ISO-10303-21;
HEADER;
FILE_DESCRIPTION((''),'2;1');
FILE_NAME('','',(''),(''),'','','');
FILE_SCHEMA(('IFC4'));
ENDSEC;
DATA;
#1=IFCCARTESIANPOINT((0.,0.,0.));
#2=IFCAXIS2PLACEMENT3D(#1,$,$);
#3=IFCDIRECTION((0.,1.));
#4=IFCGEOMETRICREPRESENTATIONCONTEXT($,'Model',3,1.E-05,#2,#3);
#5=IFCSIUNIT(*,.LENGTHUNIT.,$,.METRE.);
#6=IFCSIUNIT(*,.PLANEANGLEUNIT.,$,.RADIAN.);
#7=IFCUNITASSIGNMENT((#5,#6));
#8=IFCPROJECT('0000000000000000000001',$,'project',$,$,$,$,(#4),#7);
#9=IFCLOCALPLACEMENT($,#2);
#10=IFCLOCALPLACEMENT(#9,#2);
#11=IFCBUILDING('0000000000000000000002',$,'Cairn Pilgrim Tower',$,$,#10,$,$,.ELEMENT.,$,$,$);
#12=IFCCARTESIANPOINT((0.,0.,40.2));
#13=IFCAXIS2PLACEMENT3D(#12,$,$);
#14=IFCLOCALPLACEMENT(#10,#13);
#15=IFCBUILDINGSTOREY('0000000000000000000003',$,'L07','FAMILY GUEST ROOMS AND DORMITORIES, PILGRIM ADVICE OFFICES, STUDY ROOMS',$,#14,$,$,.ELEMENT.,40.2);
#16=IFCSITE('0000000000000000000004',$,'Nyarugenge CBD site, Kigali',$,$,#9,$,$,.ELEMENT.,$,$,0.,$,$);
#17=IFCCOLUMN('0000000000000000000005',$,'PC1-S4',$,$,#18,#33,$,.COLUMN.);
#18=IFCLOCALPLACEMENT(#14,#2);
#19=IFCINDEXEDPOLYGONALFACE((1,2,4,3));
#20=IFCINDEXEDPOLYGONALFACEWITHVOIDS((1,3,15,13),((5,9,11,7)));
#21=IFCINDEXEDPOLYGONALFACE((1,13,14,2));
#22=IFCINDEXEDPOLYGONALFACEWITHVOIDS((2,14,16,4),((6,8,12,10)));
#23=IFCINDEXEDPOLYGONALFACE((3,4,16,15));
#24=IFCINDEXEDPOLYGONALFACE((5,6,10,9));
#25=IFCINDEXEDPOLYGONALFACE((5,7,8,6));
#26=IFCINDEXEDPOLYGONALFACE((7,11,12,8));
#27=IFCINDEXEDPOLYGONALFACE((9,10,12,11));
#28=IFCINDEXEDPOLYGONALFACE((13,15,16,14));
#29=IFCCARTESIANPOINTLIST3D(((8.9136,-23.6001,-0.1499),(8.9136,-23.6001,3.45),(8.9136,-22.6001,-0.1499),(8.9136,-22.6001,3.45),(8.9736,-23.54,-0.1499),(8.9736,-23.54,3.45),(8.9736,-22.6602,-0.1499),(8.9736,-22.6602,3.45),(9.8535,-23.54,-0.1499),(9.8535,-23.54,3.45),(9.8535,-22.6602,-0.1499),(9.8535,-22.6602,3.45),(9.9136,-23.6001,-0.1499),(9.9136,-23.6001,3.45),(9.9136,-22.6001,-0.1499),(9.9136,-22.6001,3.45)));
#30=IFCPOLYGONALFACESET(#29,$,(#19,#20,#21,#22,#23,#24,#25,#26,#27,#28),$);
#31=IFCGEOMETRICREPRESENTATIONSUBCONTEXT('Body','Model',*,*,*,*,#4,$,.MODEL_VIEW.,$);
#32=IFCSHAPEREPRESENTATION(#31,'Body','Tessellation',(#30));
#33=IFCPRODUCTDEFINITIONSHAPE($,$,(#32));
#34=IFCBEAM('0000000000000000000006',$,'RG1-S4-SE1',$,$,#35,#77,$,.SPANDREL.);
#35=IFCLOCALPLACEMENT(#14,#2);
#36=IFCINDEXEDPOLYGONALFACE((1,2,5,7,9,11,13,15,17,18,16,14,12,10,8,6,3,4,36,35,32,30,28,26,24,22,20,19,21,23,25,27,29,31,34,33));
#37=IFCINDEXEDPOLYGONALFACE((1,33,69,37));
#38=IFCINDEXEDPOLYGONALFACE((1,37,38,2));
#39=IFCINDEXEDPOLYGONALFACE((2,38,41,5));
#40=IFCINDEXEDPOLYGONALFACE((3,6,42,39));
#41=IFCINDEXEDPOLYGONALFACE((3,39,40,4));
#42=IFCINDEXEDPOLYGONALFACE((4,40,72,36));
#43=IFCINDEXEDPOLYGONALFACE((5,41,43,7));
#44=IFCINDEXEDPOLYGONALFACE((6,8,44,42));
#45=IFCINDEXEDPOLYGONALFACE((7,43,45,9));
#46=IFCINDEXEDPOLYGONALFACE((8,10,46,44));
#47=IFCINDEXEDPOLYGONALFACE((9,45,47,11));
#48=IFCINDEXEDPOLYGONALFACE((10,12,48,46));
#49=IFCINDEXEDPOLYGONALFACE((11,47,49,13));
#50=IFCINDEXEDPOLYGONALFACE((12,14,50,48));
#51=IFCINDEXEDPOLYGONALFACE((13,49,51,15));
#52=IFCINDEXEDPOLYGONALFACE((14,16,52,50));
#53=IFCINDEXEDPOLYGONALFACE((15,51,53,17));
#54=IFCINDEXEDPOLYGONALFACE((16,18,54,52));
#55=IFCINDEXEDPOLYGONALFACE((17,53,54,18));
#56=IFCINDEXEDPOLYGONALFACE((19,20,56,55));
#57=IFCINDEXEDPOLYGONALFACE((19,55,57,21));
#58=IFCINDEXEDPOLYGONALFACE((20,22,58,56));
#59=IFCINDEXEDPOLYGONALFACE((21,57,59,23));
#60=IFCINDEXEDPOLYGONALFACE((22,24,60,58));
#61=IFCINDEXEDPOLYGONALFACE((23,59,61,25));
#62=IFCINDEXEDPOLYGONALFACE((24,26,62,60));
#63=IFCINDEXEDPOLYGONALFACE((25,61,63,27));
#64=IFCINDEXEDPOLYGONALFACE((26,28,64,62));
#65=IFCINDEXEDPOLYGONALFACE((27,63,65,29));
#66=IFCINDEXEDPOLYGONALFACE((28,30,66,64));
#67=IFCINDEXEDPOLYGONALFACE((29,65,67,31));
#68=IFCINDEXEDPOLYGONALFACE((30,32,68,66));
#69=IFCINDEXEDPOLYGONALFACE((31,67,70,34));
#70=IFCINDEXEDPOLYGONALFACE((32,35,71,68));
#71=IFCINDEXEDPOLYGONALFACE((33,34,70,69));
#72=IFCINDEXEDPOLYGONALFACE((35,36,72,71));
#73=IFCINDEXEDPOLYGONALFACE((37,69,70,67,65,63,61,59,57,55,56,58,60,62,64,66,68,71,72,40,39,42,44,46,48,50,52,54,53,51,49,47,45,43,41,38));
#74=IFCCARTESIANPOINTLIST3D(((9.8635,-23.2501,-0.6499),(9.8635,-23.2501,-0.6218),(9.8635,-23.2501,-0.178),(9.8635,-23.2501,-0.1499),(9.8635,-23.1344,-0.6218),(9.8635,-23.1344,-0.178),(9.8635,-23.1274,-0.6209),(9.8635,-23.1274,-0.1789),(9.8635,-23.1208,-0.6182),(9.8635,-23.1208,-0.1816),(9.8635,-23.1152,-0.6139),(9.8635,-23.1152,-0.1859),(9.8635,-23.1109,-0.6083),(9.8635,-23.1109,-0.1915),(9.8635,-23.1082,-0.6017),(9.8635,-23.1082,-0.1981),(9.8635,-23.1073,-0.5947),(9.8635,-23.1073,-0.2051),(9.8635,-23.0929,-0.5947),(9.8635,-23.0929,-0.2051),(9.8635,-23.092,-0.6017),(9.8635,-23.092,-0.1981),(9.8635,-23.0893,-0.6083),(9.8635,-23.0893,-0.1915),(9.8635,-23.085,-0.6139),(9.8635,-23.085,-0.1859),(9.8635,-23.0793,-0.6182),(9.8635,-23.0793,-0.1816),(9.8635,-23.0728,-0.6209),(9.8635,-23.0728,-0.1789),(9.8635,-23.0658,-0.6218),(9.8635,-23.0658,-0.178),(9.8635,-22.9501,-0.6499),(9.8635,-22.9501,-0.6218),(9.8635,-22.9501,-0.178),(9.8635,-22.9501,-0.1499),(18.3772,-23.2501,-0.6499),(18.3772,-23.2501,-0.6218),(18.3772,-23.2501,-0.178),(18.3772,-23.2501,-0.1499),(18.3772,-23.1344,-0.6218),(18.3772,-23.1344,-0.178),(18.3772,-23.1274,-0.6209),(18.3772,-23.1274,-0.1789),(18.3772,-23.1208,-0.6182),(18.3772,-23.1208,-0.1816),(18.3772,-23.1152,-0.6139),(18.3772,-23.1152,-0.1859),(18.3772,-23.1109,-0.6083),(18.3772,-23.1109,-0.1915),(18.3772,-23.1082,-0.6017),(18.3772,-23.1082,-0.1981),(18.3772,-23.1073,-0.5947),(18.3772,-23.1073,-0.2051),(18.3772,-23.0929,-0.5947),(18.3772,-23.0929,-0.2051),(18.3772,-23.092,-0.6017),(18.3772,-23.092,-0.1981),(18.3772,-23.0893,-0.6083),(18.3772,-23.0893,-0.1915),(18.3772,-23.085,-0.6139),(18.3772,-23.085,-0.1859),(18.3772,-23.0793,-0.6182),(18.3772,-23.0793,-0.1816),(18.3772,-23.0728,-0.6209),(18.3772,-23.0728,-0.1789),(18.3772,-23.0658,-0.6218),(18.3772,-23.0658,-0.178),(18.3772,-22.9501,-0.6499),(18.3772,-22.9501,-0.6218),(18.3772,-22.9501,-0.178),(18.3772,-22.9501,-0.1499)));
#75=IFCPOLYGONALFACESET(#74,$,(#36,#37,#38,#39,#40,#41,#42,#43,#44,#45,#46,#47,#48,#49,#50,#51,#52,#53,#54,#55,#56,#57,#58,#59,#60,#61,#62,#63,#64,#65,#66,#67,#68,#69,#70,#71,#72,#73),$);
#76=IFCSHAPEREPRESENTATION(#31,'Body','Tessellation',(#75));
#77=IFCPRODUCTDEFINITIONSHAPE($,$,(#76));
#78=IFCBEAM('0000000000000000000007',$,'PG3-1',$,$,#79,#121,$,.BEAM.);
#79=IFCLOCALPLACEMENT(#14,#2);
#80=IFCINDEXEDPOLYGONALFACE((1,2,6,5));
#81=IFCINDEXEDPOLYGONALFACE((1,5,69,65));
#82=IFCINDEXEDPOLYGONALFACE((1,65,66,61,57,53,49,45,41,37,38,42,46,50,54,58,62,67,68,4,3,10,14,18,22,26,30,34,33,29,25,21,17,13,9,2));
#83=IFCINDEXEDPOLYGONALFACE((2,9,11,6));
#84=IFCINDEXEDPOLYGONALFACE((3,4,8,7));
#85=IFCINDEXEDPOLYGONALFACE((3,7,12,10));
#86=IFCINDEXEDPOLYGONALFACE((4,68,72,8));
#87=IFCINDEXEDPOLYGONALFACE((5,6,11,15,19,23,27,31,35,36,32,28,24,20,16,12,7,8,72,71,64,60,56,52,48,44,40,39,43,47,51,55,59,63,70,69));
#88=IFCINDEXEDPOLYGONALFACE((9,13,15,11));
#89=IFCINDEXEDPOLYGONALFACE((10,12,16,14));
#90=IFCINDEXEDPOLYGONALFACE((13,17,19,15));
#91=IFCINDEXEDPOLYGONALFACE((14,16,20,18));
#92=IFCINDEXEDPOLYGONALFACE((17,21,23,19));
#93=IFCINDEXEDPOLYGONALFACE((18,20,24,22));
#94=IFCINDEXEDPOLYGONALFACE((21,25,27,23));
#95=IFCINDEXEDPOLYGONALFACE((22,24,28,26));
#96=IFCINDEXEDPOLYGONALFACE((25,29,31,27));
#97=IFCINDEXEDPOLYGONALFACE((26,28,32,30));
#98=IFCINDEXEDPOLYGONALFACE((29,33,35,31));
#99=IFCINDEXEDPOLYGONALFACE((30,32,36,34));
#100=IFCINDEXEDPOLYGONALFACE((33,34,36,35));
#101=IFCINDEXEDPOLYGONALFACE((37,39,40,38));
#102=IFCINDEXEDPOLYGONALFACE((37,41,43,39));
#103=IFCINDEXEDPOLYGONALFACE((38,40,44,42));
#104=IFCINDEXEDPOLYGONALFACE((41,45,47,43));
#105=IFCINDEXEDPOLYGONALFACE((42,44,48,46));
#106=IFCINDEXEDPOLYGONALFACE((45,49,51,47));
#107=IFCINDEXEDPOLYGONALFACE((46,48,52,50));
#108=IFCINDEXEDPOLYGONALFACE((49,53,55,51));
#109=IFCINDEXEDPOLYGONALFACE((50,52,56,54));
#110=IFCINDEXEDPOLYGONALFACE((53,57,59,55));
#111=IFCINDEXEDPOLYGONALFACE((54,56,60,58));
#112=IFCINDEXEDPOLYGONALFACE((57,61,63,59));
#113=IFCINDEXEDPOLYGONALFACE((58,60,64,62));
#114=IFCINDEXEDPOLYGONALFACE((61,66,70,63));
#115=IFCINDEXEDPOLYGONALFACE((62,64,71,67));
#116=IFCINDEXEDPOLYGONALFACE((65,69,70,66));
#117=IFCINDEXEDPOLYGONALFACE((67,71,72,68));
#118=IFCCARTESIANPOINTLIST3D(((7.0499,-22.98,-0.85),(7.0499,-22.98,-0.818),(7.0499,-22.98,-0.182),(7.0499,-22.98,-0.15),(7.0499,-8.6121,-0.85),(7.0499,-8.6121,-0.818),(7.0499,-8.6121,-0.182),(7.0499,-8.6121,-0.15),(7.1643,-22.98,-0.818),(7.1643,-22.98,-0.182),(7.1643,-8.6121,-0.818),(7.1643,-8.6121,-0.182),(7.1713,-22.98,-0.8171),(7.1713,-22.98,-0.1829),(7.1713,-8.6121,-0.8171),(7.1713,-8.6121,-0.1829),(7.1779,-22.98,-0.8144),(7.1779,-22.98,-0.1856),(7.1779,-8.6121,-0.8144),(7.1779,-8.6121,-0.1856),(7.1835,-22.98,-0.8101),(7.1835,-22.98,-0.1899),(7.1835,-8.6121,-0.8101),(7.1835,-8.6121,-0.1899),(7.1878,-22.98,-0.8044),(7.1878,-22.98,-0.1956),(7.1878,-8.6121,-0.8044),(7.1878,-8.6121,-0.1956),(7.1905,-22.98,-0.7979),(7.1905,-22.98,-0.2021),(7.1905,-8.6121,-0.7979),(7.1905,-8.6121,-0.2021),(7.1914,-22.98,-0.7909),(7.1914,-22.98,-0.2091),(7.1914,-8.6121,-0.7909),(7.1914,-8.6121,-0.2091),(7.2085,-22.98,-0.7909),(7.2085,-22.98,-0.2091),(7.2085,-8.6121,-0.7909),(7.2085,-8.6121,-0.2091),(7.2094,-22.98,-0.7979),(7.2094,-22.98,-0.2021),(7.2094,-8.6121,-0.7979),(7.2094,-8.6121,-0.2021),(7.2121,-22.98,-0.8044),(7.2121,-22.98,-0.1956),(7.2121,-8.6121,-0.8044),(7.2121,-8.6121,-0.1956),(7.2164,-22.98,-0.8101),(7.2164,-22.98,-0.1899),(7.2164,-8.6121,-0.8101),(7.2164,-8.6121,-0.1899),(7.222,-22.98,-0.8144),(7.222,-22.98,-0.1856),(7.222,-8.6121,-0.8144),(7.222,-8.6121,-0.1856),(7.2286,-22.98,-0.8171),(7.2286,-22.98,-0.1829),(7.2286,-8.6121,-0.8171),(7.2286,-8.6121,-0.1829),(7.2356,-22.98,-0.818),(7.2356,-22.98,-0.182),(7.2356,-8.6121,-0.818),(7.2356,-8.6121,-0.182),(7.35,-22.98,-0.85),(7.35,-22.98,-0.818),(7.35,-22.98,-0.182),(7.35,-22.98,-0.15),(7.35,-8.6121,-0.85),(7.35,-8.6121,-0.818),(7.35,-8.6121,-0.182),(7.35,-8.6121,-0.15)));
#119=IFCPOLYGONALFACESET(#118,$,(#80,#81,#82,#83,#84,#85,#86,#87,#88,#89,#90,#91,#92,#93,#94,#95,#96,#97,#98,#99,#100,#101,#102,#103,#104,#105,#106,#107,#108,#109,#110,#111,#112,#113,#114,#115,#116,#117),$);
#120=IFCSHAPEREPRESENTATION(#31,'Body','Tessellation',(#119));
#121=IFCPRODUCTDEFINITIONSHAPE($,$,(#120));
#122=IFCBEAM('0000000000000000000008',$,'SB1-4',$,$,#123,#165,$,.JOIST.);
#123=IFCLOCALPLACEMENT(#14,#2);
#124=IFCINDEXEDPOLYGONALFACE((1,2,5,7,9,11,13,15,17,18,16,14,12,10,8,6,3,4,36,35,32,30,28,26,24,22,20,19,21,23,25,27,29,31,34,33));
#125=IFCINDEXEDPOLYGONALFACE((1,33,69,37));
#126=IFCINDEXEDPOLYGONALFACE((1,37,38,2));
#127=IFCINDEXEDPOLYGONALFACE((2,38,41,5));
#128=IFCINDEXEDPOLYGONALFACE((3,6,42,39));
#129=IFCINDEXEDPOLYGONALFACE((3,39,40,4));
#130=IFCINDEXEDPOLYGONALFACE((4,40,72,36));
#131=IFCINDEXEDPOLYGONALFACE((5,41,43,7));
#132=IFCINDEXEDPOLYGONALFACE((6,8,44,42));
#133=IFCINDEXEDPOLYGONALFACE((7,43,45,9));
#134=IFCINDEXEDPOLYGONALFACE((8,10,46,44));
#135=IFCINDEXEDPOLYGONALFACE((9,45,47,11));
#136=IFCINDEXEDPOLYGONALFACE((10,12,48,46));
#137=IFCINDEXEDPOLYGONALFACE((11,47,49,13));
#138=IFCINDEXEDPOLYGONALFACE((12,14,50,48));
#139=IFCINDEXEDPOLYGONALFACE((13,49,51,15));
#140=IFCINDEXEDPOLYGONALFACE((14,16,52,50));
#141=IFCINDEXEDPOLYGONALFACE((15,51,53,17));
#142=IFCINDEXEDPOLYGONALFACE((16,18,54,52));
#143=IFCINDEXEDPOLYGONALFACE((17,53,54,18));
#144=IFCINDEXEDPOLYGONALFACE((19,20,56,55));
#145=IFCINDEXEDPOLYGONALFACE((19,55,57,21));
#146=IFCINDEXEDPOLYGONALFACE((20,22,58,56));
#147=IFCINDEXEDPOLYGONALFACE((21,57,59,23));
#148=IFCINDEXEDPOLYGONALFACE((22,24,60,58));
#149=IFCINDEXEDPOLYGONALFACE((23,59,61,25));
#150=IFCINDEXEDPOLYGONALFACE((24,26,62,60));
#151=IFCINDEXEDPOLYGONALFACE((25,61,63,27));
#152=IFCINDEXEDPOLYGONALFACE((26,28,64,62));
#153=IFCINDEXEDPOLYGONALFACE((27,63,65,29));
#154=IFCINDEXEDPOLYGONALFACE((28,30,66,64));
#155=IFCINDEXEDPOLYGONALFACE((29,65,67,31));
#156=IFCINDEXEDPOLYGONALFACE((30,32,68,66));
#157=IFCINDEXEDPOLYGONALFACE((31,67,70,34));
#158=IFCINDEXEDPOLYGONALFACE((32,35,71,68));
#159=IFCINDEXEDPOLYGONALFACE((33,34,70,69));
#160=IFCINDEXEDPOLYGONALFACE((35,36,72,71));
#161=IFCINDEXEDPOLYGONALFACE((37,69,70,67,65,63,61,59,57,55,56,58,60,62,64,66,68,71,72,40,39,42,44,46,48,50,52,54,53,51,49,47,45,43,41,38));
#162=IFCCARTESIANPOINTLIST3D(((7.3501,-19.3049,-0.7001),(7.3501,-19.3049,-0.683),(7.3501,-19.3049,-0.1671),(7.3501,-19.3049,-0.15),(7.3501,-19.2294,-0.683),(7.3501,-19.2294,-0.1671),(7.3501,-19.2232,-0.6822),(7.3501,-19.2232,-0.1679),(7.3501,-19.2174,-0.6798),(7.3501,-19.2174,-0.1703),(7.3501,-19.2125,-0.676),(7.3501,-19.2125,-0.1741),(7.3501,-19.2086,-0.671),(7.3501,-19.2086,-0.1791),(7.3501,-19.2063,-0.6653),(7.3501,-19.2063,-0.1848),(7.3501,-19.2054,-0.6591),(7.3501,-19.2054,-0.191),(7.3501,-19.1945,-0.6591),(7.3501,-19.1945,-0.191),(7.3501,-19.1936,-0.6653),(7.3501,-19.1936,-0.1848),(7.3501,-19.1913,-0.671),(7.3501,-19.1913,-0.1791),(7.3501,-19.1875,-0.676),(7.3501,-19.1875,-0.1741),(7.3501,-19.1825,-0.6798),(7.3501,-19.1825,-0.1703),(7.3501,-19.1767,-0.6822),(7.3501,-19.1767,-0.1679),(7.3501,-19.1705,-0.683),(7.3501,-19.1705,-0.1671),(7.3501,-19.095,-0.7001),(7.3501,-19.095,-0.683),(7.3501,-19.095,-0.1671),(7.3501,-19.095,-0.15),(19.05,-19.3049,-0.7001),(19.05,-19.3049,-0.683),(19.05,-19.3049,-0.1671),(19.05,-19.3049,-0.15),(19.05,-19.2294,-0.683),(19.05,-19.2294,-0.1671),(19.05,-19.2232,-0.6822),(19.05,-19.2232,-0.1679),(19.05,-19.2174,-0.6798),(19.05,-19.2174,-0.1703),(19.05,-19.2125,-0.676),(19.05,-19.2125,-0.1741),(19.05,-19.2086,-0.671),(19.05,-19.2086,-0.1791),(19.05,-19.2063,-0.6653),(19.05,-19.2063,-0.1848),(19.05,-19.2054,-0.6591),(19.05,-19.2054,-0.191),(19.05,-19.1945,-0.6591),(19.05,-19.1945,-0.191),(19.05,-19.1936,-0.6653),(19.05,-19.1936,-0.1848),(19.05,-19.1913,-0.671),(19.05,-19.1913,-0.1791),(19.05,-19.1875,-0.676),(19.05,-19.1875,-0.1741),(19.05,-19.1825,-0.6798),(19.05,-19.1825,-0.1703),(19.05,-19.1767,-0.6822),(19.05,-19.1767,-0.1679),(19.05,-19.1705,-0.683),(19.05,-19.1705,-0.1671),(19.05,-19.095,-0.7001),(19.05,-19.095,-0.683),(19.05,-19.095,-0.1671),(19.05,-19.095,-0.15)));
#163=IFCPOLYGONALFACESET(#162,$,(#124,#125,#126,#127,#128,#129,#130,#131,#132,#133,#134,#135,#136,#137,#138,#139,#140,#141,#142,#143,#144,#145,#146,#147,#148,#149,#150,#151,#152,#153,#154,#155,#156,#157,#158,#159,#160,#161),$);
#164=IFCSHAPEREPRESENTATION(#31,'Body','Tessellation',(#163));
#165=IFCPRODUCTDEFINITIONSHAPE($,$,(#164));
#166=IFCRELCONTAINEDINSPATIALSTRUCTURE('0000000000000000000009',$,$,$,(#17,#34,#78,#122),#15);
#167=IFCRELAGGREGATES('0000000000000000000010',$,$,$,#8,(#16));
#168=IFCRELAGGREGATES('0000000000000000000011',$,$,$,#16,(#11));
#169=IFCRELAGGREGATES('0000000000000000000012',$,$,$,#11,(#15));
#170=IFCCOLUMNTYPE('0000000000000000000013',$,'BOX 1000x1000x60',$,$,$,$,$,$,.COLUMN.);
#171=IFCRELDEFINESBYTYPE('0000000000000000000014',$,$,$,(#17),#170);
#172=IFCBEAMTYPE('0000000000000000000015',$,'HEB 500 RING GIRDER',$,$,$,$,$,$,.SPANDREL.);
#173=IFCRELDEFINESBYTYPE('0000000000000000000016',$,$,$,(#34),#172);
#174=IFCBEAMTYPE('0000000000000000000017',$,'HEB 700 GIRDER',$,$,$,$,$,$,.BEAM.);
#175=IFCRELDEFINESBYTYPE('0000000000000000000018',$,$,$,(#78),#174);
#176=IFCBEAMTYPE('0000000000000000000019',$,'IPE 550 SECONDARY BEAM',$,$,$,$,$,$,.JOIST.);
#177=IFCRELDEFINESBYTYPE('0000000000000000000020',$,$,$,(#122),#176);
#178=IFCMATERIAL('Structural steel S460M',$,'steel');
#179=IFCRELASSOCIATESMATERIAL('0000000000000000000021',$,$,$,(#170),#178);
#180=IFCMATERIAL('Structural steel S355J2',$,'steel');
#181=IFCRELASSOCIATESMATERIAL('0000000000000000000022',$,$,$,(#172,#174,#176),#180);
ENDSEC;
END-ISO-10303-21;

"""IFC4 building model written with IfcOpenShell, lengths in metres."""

from ifc_helpers import new_model, si_unit, direction, frame, origin, origin_2d, place, context, subcontext, project, spatial, hollow_rectangle, i_section, extrude, material, material_profile, profile_set, type_object, element, save


model = new_model("IFC4")

# Units and contexts
model_context = context("Model", 3, precision=1e-05, world=origin(), true_north=direction((0.0, 1.0)))
body_context = subcontext(model_context, "Body", "Model", "MODEL_VIEW")
ifc_project = project(units=[si_unit("LENGTHUNIT", "METRE"), si_unit("PLANEANGLEUNIT", "RADIAN")], contexts=[model_context])

# Site, building, storey
site_placement = place(None, origin())
site = spatial("IfcSite", under=ifc_project, at=site_placement, Name="Nyarugenge CBD site, Kigali", CompositionType="ELEMENT", RefElevation=0.0)
building_placement = place(site_placement, origin())
building = spatial("IfcBuilding", under=site, at=building_placement, Name="Cairn Pilgrim Tower", CompositionType="ELEMENT")
storey_placement = place(building_placement, frame((0.0, 0.0, 40.2)))
storey = spatial("IfcBuildingStorey", under=building, at=storey_placement, Name="L07", Description="FAMILY GUEST ROOMS AND DORMITORIES, PILGRIM ADVICE OFFICES, STUDY ROOMS", CompositionType="ELEMENT", Elevation=40.2)

# Column
ifc_material_1 = material(Name="Structural steel S460M", Category="steel")
ifc_material_profile_1 = material_profile(ifc_material_1, hollow_rectangle(XDim=1.0, YDim=1.0, WallThickness=0.0601, at=origin_2d()), Name="BOX 1000x1000x60")
ifc_profile_set_1 = profile_set([ifc_material_profile_1], Name="Structural steel S460M")
column_type = type_object("IfcColumnType", Name="BOX 1000x1000x60", PredefinedType="COLUMN", material=ifc_profile_set_1)
column_placement = place(storey_placement, frame((9.4136, -23.1001, -0.1499), z_axis=(0.0, 0.0, 1.0), x_axis=(1.0, 0.0, 0.0)))
element("IfcColumn", 1, at=column_placement, inside=storey, type_object=column_type, Name="PC1-S4", PredefinedType="COLUMN", context=body_context, shape_type="SweptSolid", body=[
    extrude(hollow_rectangle(XDim=1.0, YDim=1.0, WallThickness=0.0601, at=origin_2d()), origin(), (0.0, 0.0, 1.0), 3.5999),
])

# Beams
ifc_material_2 = material(Name="Structural steel S355J2", Category="steel")
ifc_material_profile_2 = material_profile(ifc_material_2, i_section(OverallWidth=0.3, OverallDepth=0.5, WebThickness=0.0144, FlangeThickness=0.0281, FilletRadius=0.0271, at=origin_2d()), Name="HEB 500")
ifc_profile_set_2 = profile_set([ifc_material_profile_2], Name="Structural steel S355J2")
beam_type_1 = type_object("IfcBeamType", Name="HEB 500 RING GIRDER", PredefinedType="SPANDREL", material=ifc_profile_set_2)
beam_1_placement = place(storey_placement, frame((9.8635, -23.1001, -0.3999), z_axis=(1.0, 0.0, 0.0), x_axis=(0.0, 1.0, 0.0)))
element("IfcBeam", 2, at=beam_1_placement, inside=storey, type_object=beam_type_1, Name="RG1-S4-SE1", PredefinedType="SPANDREL", context=body_context, shape_type="SweptSolid", body=[
    extrude(i_section(OverallWidth=0.3, OverallDepth=0.5, WebThickness=0.0144, FlangeThickness=0.0281, FilletRadius=0.0271, at=origin_2d()), origin(), (0.0, 0.0, 1.0), 8.5137),
])
ifc_material_profile_3 = material_profile(ifc_material_2, i_section(OverallWidth=0.3, OverallDepth=0.7, WebThickness=0.0171, FlangeThickness=0.032, FilletRadius=0.0271, at=origin_2d()), Name="HEB 700")
ifc_profile_set_3 = profile_set([ifc_material_profile_3], Name="Structural steel S355J2")
beam_type_2 = type_object("IfcBeamType", Name="HEB 700 GIRDER", PredefinedType="BEAM", material=ifc_profile_set_3)
beam_2_placement = place(storey_placement, frame((7.2, -22.98, -0.5), z_axis=(0.0, 1.0, 0.0), x_axis=(-1.0, 0.0, 0.0)))
element("IfcBeam", 3, at=beam_2_placement, inside=storey, type_object=beam_type_2, Name="PG3-1", PredefinedType="BEAM", context=body_context, shape_type="SweptSolid", body=[
    extrude(i_section(OverallWidth=0.3, OverallDepth=0.7, WebThickness=0.0171, FlangeThickness=0.032, FilletRadius=0.0271, at=origin_2d()), origin(), (0.0, 0.0, 1.0), 14.3679),
])
ifc_material_profile_4 = material_profile(ifc_material_2, i_section(OverallWidth=0.21, OverallDepth=0.55, WebThickness=0.011, FlangeThickness=0.0171, FilletRadius=0.0239, at=origin_2d()), Name="IPE 550")
ifc_profile_set_4 = profile_set([ifc_material_profile_4], Name="Structural steel S355J2")
beam_type_3 = type_object("IfcBeamType", Name="IPE 550 SECONDARY BEAM", PredefinedType="JOIST", material=ifc_profile_set_4)
for number, where, z_axis, x_axis, name in (
    (4, (7.3501, -19.2, -0.425), (1.0, 0.0, 0.0), (0.0, 1.0, 0.0), "SB1-4"),
):
    element("IfcBeam", number, at=place(storey_placement, frame(where, z_axis=z_axis, x_axis=x_axis)), inside=storey, type_object=beam_type_3, Name=name, PredefinedType="JOIST", context=body_context, shape_type="SweptSolid", body=[
        extrude(i_section(OverallWidth=0.21, OverallDepth=0.55, WebThickness=0.011, FlangeThickness=0.0171, FilletRadius=0.0239, at=origin_2d()), origin(), (0.0, 0.0, 1.0), 11.7),
    ])

save(model, "model.ifc")
